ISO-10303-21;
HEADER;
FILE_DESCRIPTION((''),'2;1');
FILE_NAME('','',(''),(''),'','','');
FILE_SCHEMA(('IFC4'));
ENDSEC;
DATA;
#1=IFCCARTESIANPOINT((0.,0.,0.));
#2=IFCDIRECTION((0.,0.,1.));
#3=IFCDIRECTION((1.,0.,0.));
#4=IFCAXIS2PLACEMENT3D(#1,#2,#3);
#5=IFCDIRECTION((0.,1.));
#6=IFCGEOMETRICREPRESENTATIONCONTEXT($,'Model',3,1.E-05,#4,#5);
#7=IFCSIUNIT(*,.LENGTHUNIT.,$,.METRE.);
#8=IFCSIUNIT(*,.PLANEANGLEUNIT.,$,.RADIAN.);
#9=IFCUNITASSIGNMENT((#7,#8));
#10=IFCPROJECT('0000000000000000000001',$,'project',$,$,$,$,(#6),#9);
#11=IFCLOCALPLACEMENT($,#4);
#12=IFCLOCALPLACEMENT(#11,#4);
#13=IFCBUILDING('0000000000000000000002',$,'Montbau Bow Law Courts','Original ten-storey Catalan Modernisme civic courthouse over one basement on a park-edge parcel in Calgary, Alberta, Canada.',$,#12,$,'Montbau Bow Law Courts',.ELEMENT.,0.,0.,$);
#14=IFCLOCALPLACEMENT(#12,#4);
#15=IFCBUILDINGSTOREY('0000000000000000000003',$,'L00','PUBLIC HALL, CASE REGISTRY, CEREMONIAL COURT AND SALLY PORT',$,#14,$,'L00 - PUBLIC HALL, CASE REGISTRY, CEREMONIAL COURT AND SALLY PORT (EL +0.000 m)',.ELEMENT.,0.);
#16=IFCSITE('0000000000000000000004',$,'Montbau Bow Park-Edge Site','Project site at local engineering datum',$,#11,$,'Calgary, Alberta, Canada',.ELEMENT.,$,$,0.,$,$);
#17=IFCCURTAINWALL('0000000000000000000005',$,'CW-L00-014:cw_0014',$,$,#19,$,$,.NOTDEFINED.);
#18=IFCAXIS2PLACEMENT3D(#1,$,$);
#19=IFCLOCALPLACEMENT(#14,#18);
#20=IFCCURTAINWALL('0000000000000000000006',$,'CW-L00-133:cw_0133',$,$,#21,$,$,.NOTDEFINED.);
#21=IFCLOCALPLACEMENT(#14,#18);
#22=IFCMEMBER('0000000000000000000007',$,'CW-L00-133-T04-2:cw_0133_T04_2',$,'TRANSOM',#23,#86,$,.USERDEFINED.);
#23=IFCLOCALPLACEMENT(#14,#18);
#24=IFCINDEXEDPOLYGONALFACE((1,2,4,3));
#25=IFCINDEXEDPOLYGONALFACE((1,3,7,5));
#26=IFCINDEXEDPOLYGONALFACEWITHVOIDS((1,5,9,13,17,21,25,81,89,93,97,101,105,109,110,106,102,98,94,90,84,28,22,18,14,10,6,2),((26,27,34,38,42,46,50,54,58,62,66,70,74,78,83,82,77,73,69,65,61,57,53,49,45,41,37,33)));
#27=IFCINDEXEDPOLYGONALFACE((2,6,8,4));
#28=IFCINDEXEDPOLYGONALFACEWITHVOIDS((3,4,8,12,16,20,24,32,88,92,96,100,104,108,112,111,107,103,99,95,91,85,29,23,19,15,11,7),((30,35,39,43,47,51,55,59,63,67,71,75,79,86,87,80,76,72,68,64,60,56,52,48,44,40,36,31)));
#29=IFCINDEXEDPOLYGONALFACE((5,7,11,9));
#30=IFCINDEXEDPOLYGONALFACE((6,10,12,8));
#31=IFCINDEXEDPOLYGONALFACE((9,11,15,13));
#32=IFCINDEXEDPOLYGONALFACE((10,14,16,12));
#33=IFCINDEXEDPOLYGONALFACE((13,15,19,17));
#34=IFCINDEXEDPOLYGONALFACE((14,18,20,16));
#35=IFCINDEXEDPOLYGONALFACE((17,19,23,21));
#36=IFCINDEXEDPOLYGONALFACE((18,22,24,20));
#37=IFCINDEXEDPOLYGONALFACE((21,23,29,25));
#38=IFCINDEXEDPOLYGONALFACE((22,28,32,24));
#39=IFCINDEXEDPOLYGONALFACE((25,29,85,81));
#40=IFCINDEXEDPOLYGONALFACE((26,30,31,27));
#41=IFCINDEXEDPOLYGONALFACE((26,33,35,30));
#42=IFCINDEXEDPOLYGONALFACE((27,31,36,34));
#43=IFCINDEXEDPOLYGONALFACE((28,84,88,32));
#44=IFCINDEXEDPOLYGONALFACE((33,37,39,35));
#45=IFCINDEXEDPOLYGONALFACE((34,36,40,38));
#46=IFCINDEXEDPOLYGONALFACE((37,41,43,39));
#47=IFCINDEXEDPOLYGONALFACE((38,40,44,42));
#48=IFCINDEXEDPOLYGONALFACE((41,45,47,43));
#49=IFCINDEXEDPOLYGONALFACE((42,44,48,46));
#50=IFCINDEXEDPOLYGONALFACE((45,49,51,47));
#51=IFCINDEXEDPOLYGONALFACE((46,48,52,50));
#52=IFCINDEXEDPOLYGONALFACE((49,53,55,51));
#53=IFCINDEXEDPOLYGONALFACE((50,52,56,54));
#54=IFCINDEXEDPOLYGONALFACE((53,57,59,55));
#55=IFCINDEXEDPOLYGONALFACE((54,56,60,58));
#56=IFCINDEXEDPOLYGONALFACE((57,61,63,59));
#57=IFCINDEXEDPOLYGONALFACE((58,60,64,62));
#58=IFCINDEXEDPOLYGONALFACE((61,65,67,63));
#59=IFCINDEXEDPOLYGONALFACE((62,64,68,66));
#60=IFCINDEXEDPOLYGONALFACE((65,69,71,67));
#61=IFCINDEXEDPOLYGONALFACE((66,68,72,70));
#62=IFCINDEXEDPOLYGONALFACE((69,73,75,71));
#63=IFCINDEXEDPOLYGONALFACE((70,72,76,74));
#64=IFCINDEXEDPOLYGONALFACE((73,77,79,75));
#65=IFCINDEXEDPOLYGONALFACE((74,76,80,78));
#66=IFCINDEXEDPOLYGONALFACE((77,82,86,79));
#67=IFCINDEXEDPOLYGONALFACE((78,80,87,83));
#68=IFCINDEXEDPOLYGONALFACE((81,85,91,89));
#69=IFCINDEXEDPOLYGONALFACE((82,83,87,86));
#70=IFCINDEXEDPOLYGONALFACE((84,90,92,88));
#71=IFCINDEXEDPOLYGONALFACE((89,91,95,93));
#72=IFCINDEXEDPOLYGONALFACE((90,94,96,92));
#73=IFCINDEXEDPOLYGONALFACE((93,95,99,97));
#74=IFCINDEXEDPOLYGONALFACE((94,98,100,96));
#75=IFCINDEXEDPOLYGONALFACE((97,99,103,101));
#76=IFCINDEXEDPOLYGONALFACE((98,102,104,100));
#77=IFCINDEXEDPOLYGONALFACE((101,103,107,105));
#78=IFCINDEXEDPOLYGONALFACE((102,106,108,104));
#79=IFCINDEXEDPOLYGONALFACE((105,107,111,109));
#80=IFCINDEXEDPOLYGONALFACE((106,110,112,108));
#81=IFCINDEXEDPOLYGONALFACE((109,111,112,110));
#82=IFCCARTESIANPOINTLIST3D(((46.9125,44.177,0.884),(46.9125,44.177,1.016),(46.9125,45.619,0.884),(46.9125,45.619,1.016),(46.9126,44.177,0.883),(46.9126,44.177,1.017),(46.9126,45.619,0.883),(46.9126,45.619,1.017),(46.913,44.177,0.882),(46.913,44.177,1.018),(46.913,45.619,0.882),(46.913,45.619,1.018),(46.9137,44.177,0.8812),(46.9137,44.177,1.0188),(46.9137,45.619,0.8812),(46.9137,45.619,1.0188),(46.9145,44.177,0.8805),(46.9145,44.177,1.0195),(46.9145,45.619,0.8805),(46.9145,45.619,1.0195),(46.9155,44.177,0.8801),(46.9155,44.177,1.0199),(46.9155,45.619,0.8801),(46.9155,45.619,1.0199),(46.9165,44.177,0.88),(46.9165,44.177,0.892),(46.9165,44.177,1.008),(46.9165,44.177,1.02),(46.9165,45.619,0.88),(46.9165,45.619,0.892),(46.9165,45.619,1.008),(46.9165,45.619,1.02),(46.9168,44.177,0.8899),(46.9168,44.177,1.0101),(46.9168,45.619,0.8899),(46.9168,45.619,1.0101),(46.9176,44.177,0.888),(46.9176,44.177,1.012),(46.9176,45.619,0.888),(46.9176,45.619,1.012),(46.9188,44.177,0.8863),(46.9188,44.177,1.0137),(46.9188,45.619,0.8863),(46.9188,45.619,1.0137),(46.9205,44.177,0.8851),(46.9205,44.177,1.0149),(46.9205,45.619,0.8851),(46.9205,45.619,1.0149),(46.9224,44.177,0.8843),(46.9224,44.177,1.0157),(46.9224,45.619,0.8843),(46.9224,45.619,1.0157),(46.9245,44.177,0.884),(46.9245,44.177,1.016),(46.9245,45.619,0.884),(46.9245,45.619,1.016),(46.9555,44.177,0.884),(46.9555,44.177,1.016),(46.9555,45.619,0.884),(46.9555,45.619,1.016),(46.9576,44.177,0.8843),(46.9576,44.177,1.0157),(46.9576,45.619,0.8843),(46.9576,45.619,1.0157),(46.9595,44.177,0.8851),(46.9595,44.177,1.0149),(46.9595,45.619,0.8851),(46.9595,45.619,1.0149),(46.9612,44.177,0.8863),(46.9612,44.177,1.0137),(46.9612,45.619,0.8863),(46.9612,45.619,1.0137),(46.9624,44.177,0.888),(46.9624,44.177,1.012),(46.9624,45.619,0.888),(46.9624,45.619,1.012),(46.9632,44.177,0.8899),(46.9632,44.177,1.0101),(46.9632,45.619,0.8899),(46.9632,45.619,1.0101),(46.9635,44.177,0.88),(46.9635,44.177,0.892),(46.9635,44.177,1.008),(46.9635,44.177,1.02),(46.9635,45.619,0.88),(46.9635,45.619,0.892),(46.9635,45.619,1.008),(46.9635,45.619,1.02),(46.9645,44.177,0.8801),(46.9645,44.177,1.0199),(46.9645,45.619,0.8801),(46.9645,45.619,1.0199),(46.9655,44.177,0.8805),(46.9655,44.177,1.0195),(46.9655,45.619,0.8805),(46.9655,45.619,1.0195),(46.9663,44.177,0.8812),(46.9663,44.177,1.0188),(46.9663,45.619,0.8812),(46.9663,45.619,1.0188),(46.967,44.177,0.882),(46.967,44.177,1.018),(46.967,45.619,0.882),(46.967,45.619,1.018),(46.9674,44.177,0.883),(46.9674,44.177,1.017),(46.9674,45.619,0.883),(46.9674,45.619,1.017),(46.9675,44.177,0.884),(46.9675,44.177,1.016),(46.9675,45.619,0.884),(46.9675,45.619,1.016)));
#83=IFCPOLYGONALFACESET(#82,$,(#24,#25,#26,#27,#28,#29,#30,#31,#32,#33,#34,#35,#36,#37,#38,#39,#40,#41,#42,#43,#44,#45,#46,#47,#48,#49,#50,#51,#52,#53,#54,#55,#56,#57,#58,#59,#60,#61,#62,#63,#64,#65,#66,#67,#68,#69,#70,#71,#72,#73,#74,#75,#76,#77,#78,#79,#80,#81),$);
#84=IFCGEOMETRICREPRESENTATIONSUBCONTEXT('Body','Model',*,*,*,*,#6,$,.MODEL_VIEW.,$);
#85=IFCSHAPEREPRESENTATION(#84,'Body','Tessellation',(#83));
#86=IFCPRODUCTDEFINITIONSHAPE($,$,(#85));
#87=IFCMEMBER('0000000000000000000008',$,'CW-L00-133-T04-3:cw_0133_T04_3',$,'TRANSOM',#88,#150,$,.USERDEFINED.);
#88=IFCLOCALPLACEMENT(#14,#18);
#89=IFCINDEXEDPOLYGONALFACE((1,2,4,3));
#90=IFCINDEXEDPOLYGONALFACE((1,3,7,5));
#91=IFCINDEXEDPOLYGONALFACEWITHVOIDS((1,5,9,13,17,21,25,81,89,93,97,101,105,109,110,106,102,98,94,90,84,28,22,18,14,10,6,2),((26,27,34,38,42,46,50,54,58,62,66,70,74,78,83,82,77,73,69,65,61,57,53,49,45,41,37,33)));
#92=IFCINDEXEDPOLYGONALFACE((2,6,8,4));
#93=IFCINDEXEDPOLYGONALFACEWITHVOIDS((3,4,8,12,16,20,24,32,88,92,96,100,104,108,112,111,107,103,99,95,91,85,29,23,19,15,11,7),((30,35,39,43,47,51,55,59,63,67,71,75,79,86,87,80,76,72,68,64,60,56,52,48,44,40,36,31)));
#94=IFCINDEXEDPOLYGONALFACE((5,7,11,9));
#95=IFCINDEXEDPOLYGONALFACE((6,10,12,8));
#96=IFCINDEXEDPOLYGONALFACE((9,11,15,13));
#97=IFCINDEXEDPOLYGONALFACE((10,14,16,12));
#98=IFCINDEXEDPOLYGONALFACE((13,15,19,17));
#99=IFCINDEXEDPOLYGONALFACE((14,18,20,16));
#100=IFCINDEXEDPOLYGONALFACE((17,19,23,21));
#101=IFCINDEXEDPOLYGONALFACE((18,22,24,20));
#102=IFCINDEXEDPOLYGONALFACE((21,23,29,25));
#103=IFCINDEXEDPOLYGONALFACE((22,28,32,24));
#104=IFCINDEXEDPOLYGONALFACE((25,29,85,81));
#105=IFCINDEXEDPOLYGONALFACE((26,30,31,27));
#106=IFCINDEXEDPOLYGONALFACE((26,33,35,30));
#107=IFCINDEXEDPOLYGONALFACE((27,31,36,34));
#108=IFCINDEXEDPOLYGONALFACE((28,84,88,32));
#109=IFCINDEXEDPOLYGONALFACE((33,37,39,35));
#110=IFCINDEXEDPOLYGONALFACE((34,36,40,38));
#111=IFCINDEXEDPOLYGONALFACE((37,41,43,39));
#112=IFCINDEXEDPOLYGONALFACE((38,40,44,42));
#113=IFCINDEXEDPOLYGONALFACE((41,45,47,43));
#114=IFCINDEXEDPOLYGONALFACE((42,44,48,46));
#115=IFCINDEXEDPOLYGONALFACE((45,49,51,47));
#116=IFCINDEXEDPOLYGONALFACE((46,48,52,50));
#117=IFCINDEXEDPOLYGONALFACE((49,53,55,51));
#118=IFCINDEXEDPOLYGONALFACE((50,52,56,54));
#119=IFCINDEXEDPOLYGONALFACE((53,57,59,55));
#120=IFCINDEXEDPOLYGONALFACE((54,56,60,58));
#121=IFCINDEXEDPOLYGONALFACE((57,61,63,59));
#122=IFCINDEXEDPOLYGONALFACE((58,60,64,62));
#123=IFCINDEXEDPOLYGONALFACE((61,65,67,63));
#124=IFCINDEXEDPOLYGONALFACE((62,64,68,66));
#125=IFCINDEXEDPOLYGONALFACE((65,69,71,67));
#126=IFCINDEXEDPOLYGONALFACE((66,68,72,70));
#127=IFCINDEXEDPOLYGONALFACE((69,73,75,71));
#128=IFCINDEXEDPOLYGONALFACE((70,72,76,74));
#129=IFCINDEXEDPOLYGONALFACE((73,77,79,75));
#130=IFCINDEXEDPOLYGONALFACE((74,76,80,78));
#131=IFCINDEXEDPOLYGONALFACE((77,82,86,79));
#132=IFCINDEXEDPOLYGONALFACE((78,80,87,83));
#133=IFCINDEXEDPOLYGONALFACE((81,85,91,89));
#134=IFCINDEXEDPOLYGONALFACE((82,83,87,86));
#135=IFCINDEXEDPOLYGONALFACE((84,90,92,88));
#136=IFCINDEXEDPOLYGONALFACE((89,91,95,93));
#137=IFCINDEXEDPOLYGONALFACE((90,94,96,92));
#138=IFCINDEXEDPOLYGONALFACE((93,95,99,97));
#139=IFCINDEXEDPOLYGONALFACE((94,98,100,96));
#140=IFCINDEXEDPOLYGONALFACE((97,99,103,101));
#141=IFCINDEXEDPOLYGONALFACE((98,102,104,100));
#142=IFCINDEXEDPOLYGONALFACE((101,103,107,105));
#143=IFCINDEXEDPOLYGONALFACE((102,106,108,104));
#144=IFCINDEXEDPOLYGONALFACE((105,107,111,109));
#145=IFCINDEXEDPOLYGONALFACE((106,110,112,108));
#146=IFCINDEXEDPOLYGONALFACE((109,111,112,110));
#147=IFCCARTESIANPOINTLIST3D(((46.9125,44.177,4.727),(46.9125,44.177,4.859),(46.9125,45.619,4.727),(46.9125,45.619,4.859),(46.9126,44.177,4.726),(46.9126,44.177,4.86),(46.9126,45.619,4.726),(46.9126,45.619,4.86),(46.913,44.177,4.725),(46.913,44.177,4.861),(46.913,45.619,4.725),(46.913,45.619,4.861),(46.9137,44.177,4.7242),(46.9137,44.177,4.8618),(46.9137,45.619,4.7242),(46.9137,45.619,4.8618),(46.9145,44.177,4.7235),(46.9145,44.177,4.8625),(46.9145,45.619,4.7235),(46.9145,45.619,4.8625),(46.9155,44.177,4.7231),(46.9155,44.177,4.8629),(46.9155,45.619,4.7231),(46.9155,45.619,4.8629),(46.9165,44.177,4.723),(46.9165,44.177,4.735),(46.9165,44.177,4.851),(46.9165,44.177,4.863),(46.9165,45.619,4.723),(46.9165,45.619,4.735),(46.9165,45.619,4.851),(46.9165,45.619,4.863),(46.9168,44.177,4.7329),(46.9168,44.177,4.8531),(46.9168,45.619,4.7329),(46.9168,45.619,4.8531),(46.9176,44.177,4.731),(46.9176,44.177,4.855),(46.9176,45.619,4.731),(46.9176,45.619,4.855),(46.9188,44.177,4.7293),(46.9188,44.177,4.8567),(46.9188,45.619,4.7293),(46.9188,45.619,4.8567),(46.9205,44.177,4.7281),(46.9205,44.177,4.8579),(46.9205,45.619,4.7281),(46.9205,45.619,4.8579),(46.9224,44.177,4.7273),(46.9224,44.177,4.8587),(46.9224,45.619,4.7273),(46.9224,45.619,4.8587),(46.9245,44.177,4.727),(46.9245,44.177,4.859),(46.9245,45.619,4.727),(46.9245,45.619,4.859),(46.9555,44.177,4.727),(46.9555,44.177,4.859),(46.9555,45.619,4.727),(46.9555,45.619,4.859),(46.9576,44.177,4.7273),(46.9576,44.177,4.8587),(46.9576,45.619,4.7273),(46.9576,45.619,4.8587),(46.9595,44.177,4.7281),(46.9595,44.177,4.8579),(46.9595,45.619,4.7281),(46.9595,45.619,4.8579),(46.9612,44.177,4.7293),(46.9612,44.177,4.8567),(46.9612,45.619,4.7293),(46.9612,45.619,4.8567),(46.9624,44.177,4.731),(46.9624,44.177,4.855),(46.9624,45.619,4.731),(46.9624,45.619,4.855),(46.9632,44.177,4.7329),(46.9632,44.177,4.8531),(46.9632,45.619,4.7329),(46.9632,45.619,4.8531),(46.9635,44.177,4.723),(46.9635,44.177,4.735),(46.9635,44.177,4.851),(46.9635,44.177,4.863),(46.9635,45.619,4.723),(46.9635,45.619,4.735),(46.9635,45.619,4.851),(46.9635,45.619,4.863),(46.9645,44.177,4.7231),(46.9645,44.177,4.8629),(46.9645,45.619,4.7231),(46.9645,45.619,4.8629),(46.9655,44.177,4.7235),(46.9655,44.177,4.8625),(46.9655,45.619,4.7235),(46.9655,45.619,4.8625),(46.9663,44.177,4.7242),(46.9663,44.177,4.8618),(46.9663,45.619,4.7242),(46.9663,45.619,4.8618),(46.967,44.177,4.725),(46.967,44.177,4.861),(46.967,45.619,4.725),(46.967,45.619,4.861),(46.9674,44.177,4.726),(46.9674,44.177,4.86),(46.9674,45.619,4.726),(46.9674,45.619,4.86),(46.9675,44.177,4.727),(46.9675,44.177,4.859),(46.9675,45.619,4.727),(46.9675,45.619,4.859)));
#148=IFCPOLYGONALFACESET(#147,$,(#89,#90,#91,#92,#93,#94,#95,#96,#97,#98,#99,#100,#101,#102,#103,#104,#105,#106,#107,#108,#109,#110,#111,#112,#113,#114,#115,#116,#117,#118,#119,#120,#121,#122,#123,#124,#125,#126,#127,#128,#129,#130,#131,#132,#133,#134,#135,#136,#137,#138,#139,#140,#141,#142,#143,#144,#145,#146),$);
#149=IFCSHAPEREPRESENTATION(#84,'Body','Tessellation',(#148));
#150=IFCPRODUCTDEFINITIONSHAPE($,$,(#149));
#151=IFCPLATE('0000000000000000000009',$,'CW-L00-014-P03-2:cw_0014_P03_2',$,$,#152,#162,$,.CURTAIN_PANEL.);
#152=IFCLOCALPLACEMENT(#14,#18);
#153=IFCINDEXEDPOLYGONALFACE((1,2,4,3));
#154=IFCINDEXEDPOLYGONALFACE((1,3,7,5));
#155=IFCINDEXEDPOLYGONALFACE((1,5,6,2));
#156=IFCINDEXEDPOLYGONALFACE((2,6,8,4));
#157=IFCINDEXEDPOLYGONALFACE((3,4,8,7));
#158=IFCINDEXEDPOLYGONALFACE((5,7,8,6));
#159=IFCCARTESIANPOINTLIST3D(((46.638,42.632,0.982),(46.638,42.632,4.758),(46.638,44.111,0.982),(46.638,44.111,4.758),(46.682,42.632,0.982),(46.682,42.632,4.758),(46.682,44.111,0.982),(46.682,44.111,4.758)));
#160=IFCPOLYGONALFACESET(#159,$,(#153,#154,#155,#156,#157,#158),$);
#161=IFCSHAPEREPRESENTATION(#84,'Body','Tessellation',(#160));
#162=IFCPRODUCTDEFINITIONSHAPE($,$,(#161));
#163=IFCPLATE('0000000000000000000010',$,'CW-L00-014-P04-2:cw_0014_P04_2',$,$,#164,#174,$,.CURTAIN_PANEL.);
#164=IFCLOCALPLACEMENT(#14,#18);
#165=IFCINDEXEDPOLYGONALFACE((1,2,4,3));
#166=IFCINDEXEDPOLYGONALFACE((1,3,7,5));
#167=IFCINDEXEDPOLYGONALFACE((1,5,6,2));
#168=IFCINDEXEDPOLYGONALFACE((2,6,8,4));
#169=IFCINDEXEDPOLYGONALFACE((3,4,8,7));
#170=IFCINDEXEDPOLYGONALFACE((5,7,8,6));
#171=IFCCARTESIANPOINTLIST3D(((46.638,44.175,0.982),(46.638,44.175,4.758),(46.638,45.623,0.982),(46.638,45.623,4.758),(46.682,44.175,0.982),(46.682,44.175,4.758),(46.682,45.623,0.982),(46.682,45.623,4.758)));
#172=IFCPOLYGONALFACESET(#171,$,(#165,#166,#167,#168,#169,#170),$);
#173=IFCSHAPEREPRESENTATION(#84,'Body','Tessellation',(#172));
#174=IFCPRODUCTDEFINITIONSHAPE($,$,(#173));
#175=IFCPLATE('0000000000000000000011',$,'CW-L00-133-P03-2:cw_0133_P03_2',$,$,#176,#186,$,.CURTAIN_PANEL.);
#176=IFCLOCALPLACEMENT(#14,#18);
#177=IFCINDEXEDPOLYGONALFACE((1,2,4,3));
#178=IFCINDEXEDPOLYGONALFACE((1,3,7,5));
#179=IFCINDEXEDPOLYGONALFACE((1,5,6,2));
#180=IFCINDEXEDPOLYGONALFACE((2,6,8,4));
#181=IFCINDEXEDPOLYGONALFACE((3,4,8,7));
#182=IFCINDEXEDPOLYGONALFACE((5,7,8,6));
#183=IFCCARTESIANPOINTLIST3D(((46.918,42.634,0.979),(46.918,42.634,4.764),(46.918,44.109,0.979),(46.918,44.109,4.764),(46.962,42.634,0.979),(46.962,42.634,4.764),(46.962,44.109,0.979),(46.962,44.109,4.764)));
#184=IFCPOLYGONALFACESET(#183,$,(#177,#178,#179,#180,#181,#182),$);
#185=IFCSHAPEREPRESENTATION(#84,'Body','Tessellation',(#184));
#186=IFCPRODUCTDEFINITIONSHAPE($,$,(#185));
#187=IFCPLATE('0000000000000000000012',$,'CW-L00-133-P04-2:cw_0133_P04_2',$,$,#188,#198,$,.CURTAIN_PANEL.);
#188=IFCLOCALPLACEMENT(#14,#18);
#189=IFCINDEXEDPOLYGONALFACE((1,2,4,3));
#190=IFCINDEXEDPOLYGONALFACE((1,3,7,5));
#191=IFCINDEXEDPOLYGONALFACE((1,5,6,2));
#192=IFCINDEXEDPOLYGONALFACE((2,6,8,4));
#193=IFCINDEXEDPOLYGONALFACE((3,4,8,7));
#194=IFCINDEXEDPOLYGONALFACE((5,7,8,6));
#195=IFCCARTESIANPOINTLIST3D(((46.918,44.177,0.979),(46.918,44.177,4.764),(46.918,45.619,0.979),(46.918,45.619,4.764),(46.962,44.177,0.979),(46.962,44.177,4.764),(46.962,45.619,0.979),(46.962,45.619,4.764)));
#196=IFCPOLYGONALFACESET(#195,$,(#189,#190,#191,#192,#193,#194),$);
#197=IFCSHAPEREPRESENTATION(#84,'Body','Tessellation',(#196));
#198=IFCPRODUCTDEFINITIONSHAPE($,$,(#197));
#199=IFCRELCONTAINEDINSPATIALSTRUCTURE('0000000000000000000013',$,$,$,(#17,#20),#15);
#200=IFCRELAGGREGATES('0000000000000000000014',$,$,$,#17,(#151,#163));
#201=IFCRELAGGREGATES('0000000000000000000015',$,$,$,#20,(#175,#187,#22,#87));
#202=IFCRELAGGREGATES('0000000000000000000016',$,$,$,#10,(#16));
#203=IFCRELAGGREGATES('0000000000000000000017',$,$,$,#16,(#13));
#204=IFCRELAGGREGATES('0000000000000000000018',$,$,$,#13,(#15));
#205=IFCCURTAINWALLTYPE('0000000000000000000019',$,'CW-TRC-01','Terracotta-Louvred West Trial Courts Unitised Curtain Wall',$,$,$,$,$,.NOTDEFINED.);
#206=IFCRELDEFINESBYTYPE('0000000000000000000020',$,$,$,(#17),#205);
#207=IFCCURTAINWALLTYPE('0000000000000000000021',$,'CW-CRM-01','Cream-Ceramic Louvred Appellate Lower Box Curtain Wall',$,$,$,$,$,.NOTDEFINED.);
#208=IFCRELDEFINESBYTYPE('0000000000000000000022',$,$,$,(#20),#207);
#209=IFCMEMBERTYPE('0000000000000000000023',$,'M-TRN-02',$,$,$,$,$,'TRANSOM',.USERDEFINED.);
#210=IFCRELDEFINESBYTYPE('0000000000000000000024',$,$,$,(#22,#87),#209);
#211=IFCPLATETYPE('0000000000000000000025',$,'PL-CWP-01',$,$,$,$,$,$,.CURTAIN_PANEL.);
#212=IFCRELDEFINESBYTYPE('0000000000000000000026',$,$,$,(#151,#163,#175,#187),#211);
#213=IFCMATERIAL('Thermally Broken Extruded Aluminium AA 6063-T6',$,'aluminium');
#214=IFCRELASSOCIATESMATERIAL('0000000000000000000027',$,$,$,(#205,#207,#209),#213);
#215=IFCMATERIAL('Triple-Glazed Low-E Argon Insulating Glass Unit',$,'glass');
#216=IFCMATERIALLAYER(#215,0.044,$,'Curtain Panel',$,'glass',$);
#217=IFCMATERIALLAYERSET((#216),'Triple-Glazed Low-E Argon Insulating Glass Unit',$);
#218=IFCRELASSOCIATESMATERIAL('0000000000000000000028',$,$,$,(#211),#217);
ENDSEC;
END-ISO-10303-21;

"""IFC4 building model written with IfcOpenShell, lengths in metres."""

from ifc_helpers import new_model, si_unit, direction, frame, frame_2d, origin_with_axes, origin_2d_with_axis, place, context, subcontext, project, spatial, rectangle, hollow_rectangle, extrude, material, layer, layer_set, material_profile, profile_set, type_object, element, aggregate, save


model = new_model("IFC4")

# Units and contexts
model_context = context("Model", 3, precision=1e-05, world=origin_with_axes(), true_north=direction((0.0, 1.0)))
body_context = subcontext(model_context, "Body", "Model", "MODEL_VIEW")
ifc_project = project(units=[si_unit("LENGTHUNIT", "METRE"), si_unit("PLANEANGLEUNIT", "RADIAN")], contexts=[model_context])

# Site, building, storey
site_placement = place(None, origin_with_axes())
site = spatial("IfcSite", under=ifc_project, at=site_placement, Name="Montbau Bow Park-Edge Site", Description="Project site at local engineering datum", LongName="Calgary, Alberta, Canada", CompositionType="ELEMENT", RefElevation=0.0)
building_placement = place(site_placement, origin_with_axes())
building = spatial("IfcBuilding", under=site, at=building_placement, Name="Montbau Bow Law Courts", Description="Original ten-storey Catalan Modernisme civic courthouse over one basement on a park-edge parcel in Calgary, Alberta, Canada.", LongName="Montbau Bow Law Courts", CompositionType="ELEMENT", ElevationOfRefHeight=0.0, ElevationOfTerrain=0.0)
storey_placement = place(building_placement, origin_with_axes())
storey = spatial("IfcBuildingStorey", under=building, at=storey_placement, Name="L00", Description="PUBLIC HALL, CASE REGISTRY, CEREMONIAL COURT AND SALLY PORT", LongName="L00 - PUBLIC HALL, CASE REGISTRY, CEREMONIAL COURT AND SALLY PORT (EL +0.000 m)", CompositionType="ELEMENT", Elevation=0.0)

# Curtain walls, members
ifc_material_1 = material(Name="Thermally Broken Extruded Aluminium AA 6063-T6", Category="aluminium")
curtain_wall_type_1 = type_object("IfcCurtainWallType", Name="CW-TRC-01", Description="Terracotta-Louvred West Trial Courts Unitised Curtain Wall", PredefinedType="NOTDEFINED", material=ifc_material_1)
curtain_wall_1_placement = place(None, frame((46.66, 39.515, 0.0), z_axis=(0.0, 0.0, 1.0), x_axis=(1.0, 0.0, 0.0)))
curtain_wall_1 = element("IfcCurtainWall", 1, at=curtain_wall_1_placement, inside=storey, type_object=curtain_wall_type_1, Name="CW-L00-014:cw_0014", PredefinedType="NOTDEFINED")
curtain_wall_type_2 = type_object("IfcCurtainWallType", Name="CW-CRM-01", Description="Cream-Ceramic Louvred Appellate Lower Box Curtain Wall", PredefinedType="NOTDEFINED", material=ifc_material_1)
curtain_wall_2_placement = place(None, frame((46.94, 39.515, 0.0), z_axis=(0.0, 0.0, 1.0), x_axis=(1.0, 0.0, 0.0)))
curtain_wall_2 = element("IfcCurtainWall", 2, at=curtain_wall_2_placement, inside=storey, type_object=curtain_wall_type_2, Name="CW-L00-133:cw_0133", PredefinedType="NOTDEFINED")
ifc_material_profile_1 = material_profile(ifc_material_1, hollow_rectangle(XDim=0.055, YDim=0.14, WallThickness=0.004, InnerFilletRadius=0.008, OuterFilletRadius=0.004, at=origin_2d_with_axis()), Name="CWT-140X55", Category="Main", Priority=0)
ifc_profile_set_1 = profile_set([ifc_material_profile_1], Name="Thermally Broken Extruded Aluminium AA 6063-T6")
member_type_1 = type_object("IfcMemberType", Name="M-TRN-02", ElementType="TRANSOM", PredefinedType="USERDEFINED", material=ifc_profile_set_1)
member_1_placement = place(None, frame((46.94, 44.177, 0.95), z_axis=(0.0, 1.0, 0.0), x_axis=(-1.0, 0.0, 0.0)))
member_1 = element("IfcMember", 3, at=member_1_placement, type_object=member_type_1, Name="CW-L00-133-T04-2:cw_0133_T04_2", ObjectType="TRANSOM", PredefinedType="USERDEFINED", context=body_context, shape_type="SweptSolid", body=[
    extrude(hollow_rectangle(XDim=0.055, YDim=0.14, WallThickness=0.004, InnerFilletRadius=0.008, OuterFilletRadius=0.004, at=origin_2d_with_axis()), origin_with_axes(), (0.0, 0.0, 1.0), 1.442),
])
member_2_placement = place(None, frame((46.94, 44.177, 4.793), z_axis=(0.0, 1.0, 0.0), x_axis=(-1.0, 0.0, 0.0)))
member_2 = element("IfcMember", 4, at=member_2_placement, type_object=member_type_1, Name="CW-L00-133-T04-3:cw_0133_T04_3", ObjectType="TRANSOM", PredefinedType="USERDEFINED", context=body_context, shape_type="SweptSolid", body=[
    extrude(hollow_rectangle(XDim=0.055, YDim=0.14, WallThickness=0.004, InnerFilletRadius=0.008, OuterFilletRadius=0.004, at=origin_2d_with_axis()), origin_with_axes(), (0.0, 0.0, 1.0), 1.442),
])

# Plates
ifc_material_2 = material(Name="Triple-Glazed Low-E Argon Insulating Glass Unit", Category="glass")
ifc_layer_1 = layer(ifc_material_2, 0.044, Name="Curtain Panel", Category="glass")
ifc_layer_set_1 = layer_set([ifc_layer_1], Name="Triple-Glazed Low-E Argon Insulating Glass Unit")
plate_type_1 = type_object("IfcPlateType", Name="PL-CWP-01", PredefinedType="CURTAIN_PANEL", material=ifc_layer_set_1)
plate_1_placement = place(None, frame((46.66, 42.632, 0.982), z_axis=(1.0, 0.0, 0.0), x_axis=(0.0, 1.0, 0.0)))
plate_1 = element("IfcPlate", 5, at=plate_1_placement, type_object=plate_type_1, Name="CW-L00-014-P03-2:cw_0014_P03_2", PredefinedType="CURTAIN_PANEL", context=body_context, shape_type="SweptSolid", body=[
    extrude(rectangle(XDim=1.479, YDim=3.776, at=frame_2d((0.7395, 1.888), x_axis=(1.0, 0.0))), frame((0.0, 0.0, -0.022), z_axis=(0.0, 0.0, 1.0), x_axis=(1.0, 0.0, 0.0)), (0.0, 0.0, 1.0), 0.044),
])
plate_2_placement = place(None, frame((46.66, 44.175, 0.982), z_axis=(1.0, 0.0, 0.0), x_axis=(0.0, 1.0, 0.0)))
plate_2 = element("IfcPlate", 6, at=plate_2_placement, type_object=plate_type_1, Name="CW-L00-014-P04-2:cw_0014_P04_2", PredefinedType="CURTAIN_PANEL", context=body_context, shape_type="SweptSolid", body=[
    extrude(rectangle(XDim=1.448, YDim=3.776, at=frame_2d((0.724, 1.888), x_axis=(1.0, 0.0))), frame((0.0, 0.0, -0.022), z_axis=(0.0, 0.0, 1.0), x_axis=(1.0, 0.0, 0.0)), (0.0, 0.0, 1.0), 0.044),
])
plate_3_placement = place(None, frame((46.94, 42.634, 0.979), z_axis=(1.0, 0.0, 0.0), x_axis=(0.0, 1.0, 0.0)))
plate_3 = element("IfcPlate", 7, at=plate_3_placement, type_object=plate_type_1, Name="CW-L00-133-P03-2:cw_0133_P03_2", PredefinedType="CURTAIN_PANEL", context=body_context, shape_type="SweptSolid", body=[
    extrude(rectangle(XDim=1.475, YDim=3.785, at=frame_2d((0.7375, 1.8925), x_axis=(1.0, 0.0))), frame((0.0, 0.0, -0.022), z_axis=(0.0, 0.0, 1.0), x_axis=(1.0, 0.0, 0.0)), (0.0, 0.0, 1.0), 0.044),
])
plate_4_placement = place(None, frame((46.94, 44.177, 0.979), z_axis=(1.0, 0.0, 0.0), x_axis=(0.0, 1.0, 0.0)))
plate_4 = element("IfcPlate", 8, at=plate_4_placement, type_object=plate_type_1, Name="CW-L00-133-P04-2:cw_0133_P04_2", PredefinedType="CURTAIN_PANEL", context=body_context, shape_type="SweptSolid", body=[
    extrude(rectangle(XDim=1.442, YDim=3.785, at=frame_2d((0.721, 1.8925), x_axis=(1.0, 0.0))), frame((0.0, 0.0, -0.022), z_axis=(0.0, 0.0, 1.0), x_axis=(1.0, 0.0, 0.0)), (0.0, 0.0, 1.0), 0.044),
])
aggregate(curtain_wall_1, [plate_1, plate_2])

aggregate(curtain_wall_2, [plate_3, plate_4, member_1, member_2])

save(model, "model.ifc")
